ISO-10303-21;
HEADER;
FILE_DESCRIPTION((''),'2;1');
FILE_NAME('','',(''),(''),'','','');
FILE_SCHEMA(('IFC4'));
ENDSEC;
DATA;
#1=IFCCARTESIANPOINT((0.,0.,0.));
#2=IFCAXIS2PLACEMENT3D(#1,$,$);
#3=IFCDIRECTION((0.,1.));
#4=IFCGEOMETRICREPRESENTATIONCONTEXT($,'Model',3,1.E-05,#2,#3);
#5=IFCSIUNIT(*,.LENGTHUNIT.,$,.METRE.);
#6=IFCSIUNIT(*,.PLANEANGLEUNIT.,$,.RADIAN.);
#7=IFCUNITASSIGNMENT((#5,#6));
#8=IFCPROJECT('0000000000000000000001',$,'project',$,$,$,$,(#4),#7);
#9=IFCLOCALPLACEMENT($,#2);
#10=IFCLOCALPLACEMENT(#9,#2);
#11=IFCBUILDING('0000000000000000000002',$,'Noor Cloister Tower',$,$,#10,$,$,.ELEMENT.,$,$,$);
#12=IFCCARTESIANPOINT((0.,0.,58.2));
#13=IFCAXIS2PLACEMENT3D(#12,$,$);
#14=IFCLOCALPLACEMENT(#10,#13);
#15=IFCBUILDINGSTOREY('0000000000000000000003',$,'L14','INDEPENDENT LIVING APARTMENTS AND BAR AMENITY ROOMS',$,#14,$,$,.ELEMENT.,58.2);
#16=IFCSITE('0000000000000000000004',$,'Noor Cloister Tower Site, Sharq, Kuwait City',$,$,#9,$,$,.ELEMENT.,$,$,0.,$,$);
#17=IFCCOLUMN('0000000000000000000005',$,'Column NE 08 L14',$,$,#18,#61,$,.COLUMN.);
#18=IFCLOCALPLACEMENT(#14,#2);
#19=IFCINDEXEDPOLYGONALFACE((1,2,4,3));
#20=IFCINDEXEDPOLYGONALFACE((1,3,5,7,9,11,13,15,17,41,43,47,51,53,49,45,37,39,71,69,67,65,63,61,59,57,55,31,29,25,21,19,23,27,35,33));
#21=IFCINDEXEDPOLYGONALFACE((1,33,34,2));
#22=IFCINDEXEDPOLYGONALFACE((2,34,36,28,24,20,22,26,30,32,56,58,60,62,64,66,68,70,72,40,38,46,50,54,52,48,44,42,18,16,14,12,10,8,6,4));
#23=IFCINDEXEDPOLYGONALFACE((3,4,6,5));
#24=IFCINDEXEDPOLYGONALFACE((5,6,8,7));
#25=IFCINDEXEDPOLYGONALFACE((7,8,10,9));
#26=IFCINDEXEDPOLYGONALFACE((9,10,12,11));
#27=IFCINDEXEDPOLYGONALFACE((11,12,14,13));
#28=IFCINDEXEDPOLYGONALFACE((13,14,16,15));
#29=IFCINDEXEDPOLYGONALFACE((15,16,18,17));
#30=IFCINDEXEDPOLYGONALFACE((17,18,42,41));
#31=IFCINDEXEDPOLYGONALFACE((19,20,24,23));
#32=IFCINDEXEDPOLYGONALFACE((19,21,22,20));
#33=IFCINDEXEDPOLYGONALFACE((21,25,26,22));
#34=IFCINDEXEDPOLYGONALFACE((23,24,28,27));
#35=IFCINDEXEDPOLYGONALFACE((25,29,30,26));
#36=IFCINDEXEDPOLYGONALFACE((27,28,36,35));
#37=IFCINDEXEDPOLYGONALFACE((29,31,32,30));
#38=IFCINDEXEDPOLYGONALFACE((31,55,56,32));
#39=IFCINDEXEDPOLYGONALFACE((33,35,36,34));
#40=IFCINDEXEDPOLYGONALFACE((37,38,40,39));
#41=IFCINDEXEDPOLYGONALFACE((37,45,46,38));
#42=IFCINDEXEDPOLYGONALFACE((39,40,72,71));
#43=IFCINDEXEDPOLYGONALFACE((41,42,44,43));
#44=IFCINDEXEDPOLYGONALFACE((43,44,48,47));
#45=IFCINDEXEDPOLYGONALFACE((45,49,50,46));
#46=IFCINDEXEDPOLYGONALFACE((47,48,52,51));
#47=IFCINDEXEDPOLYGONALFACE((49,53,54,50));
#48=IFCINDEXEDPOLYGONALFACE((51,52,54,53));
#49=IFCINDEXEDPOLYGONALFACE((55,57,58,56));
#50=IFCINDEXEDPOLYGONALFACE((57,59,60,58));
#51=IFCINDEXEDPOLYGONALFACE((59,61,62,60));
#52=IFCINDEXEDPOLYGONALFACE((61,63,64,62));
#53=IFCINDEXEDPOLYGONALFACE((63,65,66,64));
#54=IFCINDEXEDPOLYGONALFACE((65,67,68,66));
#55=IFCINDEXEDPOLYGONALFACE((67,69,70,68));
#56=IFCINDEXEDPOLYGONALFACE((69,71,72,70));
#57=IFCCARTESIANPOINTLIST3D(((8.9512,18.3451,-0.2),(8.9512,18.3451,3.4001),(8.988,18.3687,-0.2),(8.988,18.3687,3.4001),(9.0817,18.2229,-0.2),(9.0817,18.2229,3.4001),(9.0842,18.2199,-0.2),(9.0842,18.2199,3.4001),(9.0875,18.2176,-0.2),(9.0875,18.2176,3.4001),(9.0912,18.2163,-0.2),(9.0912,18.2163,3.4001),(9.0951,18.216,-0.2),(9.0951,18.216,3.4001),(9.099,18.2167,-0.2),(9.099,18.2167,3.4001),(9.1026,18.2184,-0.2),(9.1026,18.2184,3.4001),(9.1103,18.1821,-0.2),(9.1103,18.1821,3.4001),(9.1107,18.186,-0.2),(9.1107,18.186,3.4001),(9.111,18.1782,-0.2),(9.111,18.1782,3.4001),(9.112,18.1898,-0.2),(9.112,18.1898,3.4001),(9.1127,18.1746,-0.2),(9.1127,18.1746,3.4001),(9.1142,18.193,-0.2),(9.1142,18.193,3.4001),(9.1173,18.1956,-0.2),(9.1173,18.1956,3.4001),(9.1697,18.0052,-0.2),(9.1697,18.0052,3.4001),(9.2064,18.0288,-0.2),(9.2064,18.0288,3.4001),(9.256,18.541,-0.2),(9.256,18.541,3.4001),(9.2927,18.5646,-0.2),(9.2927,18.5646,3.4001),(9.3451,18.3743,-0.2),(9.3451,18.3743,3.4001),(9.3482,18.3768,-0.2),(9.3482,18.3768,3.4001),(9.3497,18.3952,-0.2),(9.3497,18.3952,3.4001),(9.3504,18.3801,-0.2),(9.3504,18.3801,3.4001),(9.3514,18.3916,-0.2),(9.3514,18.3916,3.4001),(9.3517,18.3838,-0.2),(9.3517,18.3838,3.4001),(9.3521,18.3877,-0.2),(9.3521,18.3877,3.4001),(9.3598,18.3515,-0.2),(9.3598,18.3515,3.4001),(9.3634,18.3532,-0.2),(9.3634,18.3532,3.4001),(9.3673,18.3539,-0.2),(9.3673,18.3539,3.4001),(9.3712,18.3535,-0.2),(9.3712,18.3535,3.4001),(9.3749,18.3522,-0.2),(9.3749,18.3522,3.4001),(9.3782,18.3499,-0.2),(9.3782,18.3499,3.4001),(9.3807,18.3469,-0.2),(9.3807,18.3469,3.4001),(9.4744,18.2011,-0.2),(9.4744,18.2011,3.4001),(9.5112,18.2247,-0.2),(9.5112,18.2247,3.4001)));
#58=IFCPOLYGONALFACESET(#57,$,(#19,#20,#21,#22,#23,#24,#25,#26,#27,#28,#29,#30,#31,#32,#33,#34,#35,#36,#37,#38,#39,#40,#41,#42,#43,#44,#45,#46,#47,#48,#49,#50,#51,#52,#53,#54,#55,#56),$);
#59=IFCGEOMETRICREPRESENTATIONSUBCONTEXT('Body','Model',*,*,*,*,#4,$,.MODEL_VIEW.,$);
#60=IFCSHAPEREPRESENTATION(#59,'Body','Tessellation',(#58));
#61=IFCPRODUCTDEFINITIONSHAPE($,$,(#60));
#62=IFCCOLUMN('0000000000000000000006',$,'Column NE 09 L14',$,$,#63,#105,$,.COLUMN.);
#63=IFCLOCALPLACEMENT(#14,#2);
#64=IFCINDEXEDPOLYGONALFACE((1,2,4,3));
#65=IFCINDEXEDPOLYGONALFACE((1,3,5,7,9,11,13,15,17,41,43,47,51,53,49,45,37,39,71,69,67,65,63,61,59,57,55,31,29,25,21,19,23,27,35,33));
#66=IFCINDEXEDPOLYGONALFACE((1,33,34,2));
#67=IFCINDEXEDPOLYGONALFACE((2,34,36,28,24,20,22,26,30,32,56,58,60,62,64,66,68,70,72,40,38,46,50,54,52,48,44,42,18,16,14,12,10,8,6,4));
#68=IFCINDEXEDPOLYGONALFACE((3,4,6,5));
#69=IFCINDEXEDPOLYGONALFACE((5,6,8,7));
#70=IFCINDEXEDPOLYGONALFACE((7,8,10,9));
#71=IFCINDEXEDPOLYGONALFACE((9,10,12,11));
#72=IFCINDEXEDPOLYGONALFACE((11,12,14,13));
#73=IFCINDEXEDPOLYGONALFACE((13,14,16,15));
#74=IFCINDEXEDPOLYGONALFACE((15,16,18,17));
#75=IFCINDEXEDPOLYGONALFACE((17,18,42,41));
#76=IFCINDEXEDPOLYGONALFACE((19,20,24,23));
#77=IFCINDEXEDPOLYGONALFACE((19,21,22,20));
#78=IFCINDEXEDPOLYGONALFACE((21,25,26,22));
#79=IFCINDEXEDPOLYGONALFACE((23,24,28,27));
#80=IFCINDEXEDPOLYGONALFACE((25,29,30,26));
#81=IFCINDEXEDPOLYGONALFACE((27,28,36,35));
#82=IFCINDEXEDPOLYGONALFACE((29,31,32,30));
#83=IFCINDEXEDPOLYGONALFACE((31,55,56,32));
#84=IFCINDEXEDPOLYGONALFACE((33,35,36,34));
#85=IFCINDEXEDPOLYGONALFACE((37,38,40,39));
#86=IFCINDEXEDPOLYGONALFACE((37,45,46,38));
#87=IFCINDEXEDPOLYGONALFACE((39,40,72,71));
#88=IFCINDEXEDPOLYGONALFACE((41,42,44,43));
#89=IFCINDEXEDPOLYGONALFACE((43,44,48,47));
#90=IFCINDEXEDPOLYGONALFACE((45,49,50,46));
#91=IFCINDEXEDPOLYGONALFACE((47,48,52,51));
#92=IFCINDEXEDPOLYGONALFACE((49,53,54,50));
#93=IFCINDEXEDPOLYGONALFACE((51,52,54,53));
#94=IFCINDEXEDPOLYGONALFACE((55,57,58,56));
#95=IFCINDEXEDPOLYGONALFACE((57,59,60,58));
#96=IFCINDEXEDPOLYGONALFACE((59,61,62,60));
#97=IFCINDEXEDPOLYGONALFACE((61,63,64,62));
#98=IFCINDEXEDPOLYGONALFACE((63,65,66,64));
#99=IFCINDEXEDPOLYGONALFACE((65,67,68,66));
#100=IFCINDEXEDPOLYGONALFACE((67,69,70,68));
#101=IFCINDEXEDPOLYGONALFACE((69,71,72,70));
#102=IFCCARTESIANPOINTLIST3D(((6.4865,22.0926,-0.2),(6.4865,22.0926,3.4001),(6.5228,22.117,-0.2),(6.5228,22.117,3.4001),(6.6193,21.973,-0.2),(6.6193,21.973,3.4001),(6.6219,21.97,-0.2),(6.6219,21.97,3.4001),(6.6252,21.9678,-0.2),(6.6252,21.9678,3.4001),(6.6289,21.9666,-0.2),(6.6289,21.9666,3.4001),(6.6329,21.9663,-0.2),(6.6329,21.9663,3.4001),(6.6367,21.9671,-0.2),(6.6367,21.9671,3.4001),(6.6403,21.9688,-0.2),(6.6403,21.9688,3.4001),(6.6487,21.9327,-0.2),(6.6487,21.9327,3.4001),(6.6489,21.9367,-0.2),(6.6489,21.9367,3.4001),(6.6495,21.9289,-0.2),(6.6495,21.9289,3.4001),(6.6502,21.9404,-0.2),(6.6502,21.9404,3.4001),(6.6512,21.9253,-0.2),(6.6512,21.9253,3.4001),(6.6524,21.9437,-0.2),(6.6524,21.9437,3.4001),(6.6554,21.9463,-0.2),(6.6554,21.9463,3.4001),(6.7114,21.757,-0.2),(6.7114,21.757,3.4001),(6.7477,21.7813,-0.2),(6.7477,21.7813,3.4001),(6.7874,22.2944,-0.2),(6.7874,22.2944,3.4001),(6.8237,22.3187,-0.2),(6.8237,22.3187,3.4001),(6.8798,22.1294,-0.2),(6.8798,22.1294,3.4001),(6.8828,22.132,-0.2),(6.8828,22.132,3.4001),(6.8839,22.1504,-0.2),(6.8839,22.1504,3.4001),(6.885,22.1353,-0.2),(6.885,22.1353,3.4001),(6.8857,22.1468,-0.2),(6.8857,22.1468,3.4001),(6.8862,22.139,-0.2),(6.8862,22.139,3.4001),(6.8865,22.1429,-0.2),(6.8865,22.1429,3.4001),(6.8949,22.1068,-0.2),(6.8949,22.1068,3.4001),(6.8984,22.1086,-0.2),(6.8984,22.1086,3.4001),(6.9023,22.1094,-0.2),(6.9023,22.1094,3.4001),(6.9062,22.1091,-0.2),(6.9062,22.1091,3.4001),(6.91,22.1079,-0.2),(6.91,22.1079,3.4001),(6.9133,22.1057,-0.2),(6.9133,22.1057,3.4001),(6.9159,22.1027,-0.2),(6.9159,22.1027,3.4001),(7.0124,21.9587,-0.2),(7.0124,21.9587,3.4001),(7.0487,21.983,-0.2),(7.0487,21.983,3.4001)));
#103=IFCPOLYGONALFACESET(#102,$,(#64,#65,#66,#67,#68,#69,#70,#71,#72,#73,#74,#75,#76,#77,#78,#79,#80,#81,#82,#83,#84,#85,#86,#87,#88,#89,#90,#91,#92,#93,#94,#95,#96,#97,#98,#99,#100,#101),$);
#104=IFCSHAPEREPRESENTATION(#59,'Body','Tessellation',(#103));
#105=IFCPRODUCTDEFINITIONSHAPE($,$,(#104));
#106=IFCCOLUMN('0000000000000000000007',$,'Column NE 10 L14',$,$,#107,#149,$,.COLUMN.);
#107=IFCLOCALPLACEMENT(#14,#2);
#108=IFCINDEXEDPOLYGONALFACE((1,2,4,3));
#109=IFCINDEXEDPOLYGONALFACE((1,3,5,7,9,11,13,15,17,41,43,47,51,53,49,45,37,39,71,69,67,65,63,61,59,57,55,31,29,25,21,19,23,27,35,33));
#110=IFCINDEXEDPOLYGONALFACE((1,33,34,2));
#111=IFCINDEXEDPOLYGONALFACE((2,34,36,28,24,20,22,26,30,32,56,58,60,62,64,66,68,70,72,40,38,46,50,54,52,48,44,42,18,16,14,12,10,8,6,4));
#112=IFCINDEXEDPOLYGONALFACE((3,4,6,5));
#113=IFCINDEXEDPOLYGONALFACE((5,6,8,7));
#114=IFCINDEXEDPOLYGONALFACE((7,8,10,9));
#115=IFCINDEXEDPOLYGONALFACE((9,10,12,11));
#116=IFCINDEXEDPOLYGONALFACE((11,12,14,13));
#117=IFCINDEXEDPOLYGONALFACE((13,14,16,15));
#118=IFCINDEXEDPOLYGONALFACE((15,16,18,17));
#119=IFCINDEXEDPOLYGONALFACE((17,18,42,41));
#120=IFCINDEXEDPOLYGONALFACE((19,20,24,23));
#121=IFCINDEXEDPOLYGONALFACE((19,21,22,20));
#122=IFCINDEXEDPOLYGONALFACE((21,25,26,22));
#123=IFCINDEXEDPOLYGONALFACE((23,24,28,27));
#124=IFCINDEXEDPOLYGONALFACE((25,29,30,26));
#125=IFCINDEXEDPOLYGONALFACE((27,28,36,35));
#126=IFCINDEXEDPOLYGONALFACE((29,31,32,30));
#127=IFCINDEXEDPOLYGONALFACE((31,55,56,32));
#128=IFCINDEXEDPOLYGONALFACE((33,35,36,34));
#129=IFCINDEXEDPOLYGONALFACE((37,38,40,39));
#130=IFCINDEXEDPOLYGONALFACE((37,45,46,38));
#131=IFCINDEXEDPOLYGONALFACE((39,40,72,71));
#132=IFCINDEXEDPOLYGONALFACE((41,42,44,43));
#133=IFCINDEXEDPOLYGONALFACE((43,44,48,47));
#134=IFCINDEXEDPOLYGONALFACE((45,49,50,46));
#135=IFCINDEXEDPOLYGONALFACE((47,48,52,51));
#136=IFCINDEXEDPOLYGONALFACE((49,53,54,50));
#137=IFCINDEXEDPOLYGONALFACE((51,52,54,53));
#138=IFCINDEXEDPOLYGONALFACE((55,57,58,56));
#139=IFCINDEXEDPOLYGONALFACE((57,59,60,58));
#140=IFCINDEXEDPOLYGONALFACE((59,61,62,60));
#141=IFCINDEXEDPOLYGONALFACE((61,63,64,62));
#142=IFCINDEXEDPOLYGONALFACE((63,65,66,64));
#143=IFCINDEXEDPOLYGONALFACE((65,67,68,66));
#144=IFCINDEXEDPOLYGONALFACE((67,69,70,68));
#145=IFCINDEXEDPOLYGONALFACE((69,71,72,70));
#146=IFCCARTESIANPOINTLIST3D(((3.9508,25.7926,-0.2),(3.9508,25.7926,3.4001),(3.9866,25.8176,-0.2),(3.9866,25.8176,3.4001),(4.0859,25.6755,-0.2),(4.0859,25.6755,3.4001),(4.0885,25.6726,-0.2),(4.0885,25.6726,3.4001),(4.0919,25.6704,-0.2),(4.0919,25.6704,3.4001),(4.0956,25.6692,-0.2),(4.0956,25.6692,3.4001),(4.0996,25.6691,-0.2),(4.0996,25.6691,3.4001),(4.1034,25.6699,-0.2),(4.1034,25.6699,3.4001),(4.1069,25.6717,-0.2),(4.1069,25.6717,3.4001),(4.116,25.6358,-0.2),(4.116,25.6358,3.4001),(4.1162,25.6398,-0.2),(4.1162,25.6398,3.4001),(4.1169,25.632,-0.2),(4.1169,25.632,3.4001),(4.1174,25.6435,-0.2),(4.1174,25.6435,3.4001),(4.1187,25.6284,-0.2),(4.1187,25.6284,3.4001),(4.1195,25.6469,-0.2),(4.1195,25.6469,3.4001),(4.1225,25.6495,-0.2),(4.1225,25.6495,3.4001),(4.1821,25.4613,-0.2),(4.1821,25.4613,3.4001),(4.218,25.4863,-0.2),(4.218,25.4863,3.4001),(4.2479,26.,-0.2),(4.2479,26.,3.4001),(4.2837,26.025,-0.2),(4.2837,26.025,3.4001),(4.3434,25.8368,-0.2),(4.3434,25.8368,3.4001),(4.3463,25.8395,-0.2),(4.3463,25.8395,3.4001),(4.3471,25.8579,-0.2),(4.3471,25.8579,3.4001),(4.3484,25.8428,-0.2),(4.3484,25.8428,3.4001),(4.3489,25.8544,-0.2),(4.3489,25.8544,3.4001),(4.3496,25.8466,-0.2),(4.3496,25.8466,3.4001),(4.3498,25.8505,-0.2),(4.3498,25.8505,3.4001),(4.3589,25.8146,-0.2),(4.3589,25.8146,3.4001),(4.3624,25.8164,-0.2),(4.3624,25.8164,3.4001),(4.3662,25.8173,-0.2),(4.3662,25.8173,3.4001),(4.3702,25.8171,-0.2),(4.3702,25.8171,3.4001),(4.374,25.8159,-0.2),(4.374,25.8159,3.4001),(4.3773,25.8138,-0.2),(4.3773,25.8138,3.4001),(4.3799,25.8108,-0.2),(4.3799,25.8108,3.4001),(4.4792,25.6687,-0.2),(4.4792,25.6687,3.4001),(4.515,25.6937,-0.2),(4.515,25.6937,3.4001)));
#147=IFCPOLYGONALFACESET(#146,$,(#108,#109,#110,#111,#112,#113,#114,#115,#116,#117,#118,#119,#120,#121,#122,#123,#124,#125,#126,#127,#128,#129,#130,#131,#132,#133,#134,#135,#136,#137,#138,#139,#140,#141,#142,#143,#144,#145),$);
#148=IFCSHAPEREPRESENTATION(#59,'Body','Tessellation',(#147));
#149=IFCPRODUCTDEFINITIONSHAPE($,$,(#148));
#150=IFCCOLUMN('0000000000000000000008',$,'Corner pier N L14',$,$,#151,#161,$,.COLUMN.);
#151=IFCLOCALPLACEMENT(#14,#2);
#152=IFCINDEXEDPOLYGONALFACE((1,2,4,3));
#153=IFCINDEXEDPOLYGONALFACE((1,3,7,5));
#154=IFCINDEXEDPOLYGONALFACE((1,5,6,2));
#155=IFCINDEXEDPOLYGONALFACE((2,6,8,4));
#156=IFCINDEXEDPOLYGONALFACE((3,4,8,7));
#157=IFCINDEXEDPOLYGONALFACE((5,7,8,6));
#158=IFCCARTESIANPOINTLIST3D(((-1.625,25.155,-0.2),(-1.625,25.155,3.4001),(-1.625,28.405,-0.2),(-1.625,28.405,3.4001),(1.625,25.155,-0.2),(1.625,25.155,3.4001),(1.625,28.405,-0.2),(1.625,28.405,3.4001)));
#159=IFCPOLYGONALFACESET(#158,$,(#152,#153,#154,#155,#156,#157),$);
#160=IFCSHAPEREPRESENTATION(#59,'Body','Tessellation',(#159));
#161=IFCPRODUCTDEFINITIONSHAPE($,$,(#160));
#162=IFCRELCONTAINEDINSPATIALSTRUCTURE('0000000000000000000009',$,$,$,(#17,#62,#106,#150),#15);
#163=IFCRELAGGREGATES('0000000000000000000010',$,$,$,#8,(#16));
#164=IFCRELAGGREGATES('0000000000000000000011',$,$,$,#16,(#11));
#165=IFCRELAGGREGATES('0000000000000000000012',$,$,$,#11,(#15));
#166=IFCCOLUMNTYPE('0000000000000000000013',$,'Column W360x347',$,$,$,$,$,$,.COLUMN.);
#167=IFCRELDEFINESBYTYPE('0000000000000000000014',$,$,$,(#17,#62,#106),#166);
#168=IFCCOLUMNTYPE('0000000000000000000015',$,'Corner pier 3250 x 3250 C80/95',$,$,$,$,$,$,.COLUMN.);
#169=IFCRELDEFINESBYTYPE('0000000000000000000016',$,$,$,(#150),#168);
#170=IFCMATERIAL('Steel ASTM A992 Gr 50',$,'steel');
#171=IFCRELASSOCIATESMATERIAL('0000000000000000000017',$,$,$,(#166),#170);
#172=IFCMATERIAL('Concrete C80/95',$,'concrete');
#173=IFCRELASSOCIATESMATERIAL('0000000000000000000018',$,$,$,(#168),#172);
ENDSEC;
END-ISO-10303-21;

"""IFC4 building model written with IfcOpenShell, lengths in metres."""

from ifc_helpers import new_model, si_unit, direction, frame, origin, origin_2d, place, context, subcontext, project, spatial, rectangle, i_section, extrude, material, material_profile, profile_set, type_object, element, save


model = new_model("IFC4")

# Units and contexts
model_context = context("Model", 3, precision=1e-05, world=origin(), true_north=direction((0.0, 1.0)))
body_context = subcontext(model_context, "Body", "Model", "MODEL_VIEW")
ifc_project = project(units=[si_unit("LENGTHUNIT", "METRE"), si_unit("PLANEANGLEUNIT", "RADIAN")], contexts=[model_context])

# Site, building, storey
site_placement = place(None, origin())
site = spatial("IfcSite", under=ifc_project, at=site_placement, Name="Noor Cloister Tower Site, Sharq, Kuwait City", CompositionType="ELEMENT", RefElevation=0.0)
building_placement = place(site_placement, origin())
building = spatial("IfcBuilding", under=site, at=building_placement, Name="Noor Cloister Tower", CompositionType="ELEMENT")
storey_placement = place(building_placement, frame((0.0, 0.0, 58.2)))
storey = spatial("IfcBuildingStorey", under=building, at=storey_placement, Name="L14", Description="INDEPENDENT LIVING APARTMENTS AND BAR AMENITY ROOMS", CompositionType="ELEMENT", Elevation=58.2)

# Columns
ifc_material_1 = material(Name="Steel ASTM A992 Gr 50", Category="steel")
ifc_material_profile_1 = material_profile(ifc_material_1, i_section(OverallWidth=0.4041, OverallDepth=0.406, WebThickness=0.0271, FlangeThickness=0.0437, FilletRadius=0.0151, at=origin_2d()), Name="W360x347")
ifc_profile_set_1 = profile_set([ifc_material_profile_1], Name="Steel ASTM A992 Gr 50")
column_type_1 = type_object("IfcColumnType", Name="Column W360x347", PredefinedType="COLUMN", material=ifc_profile_set_1)
for number, where, z_axis, x_axis, name in (
    (1, (9.2312, 18.2849, -0.2), (0.0, 0.0, 1.0), (-0.540759, 0.841177, 0.0), "Column NE 08 L14"),
    (2, (6.7676, 22.0378, -0.2), (0.0, 0.0, 1.0), (-0.556723, 0.830698, 0.0), "Column NE 09 L14"),
    (3, (4.2329, 25.7432, -0.2), (0.0, 0.0, 1.0), (-0.572484, 0.819916, 0.0), "Column NE 10 L14"),
):
    element("IfcColumn", number, at=place(storey_placement, frame(where, z_axis=z_axis, x_axis=x_axis)), inside=storey, type_object=column_type_1, Name=name, PredefinedType="COLUMN", context=body_context, shape_type="SweptSolid", body=[
        extrude(i_section(OverallWidth=0.4041, OverallDepth=0.406, WebThickness=0.0271, FlangeThickness=0.0437, FilletRadius=0.0151, at=origin_2d()), origin(), (0.0, 0.0, 1.0), 3.6001),
    ])
ifc_material_2 = material(Name="Concrete C80/95", Category="concrete")
ifc_material_profile_2 = material_profile(ifc_material_2, rectangle(XDim=3.25, YDim=3.25, at=origin_2d()), Name="RC 3250x3250")
ifc_profile_set_2 = profile_set([ifc_material_profile_2], Name="Concrete C80/95")
column_type_2 = type_object("IfcColumnType", Name="Corner pier 3250 x 3250 C80/95", PredefinedType="COLUMN", material=ifc_profile_set_2)
column_placement = place(storey_placement, frame((0.0, 26.78, -0.2), z_axis=(0.0, 0.0, 1.0), x_axis=(0.0, 1.0, 0.0)))
element("IfcColumn", 4, at=column_placement, inside=storey, type_object=column_type_2, Name="Corner pier N L14", PredefinedType="COLUMN", context=body_context, shape_type="SweptSolid", body=[
    extrude(rectangle(XDim=3.25, YDim=3.25, at=origin_2d()), origin(), (0.0, 0.0, 1.0), 3.6001),
])

save(model, "model.ifc")
